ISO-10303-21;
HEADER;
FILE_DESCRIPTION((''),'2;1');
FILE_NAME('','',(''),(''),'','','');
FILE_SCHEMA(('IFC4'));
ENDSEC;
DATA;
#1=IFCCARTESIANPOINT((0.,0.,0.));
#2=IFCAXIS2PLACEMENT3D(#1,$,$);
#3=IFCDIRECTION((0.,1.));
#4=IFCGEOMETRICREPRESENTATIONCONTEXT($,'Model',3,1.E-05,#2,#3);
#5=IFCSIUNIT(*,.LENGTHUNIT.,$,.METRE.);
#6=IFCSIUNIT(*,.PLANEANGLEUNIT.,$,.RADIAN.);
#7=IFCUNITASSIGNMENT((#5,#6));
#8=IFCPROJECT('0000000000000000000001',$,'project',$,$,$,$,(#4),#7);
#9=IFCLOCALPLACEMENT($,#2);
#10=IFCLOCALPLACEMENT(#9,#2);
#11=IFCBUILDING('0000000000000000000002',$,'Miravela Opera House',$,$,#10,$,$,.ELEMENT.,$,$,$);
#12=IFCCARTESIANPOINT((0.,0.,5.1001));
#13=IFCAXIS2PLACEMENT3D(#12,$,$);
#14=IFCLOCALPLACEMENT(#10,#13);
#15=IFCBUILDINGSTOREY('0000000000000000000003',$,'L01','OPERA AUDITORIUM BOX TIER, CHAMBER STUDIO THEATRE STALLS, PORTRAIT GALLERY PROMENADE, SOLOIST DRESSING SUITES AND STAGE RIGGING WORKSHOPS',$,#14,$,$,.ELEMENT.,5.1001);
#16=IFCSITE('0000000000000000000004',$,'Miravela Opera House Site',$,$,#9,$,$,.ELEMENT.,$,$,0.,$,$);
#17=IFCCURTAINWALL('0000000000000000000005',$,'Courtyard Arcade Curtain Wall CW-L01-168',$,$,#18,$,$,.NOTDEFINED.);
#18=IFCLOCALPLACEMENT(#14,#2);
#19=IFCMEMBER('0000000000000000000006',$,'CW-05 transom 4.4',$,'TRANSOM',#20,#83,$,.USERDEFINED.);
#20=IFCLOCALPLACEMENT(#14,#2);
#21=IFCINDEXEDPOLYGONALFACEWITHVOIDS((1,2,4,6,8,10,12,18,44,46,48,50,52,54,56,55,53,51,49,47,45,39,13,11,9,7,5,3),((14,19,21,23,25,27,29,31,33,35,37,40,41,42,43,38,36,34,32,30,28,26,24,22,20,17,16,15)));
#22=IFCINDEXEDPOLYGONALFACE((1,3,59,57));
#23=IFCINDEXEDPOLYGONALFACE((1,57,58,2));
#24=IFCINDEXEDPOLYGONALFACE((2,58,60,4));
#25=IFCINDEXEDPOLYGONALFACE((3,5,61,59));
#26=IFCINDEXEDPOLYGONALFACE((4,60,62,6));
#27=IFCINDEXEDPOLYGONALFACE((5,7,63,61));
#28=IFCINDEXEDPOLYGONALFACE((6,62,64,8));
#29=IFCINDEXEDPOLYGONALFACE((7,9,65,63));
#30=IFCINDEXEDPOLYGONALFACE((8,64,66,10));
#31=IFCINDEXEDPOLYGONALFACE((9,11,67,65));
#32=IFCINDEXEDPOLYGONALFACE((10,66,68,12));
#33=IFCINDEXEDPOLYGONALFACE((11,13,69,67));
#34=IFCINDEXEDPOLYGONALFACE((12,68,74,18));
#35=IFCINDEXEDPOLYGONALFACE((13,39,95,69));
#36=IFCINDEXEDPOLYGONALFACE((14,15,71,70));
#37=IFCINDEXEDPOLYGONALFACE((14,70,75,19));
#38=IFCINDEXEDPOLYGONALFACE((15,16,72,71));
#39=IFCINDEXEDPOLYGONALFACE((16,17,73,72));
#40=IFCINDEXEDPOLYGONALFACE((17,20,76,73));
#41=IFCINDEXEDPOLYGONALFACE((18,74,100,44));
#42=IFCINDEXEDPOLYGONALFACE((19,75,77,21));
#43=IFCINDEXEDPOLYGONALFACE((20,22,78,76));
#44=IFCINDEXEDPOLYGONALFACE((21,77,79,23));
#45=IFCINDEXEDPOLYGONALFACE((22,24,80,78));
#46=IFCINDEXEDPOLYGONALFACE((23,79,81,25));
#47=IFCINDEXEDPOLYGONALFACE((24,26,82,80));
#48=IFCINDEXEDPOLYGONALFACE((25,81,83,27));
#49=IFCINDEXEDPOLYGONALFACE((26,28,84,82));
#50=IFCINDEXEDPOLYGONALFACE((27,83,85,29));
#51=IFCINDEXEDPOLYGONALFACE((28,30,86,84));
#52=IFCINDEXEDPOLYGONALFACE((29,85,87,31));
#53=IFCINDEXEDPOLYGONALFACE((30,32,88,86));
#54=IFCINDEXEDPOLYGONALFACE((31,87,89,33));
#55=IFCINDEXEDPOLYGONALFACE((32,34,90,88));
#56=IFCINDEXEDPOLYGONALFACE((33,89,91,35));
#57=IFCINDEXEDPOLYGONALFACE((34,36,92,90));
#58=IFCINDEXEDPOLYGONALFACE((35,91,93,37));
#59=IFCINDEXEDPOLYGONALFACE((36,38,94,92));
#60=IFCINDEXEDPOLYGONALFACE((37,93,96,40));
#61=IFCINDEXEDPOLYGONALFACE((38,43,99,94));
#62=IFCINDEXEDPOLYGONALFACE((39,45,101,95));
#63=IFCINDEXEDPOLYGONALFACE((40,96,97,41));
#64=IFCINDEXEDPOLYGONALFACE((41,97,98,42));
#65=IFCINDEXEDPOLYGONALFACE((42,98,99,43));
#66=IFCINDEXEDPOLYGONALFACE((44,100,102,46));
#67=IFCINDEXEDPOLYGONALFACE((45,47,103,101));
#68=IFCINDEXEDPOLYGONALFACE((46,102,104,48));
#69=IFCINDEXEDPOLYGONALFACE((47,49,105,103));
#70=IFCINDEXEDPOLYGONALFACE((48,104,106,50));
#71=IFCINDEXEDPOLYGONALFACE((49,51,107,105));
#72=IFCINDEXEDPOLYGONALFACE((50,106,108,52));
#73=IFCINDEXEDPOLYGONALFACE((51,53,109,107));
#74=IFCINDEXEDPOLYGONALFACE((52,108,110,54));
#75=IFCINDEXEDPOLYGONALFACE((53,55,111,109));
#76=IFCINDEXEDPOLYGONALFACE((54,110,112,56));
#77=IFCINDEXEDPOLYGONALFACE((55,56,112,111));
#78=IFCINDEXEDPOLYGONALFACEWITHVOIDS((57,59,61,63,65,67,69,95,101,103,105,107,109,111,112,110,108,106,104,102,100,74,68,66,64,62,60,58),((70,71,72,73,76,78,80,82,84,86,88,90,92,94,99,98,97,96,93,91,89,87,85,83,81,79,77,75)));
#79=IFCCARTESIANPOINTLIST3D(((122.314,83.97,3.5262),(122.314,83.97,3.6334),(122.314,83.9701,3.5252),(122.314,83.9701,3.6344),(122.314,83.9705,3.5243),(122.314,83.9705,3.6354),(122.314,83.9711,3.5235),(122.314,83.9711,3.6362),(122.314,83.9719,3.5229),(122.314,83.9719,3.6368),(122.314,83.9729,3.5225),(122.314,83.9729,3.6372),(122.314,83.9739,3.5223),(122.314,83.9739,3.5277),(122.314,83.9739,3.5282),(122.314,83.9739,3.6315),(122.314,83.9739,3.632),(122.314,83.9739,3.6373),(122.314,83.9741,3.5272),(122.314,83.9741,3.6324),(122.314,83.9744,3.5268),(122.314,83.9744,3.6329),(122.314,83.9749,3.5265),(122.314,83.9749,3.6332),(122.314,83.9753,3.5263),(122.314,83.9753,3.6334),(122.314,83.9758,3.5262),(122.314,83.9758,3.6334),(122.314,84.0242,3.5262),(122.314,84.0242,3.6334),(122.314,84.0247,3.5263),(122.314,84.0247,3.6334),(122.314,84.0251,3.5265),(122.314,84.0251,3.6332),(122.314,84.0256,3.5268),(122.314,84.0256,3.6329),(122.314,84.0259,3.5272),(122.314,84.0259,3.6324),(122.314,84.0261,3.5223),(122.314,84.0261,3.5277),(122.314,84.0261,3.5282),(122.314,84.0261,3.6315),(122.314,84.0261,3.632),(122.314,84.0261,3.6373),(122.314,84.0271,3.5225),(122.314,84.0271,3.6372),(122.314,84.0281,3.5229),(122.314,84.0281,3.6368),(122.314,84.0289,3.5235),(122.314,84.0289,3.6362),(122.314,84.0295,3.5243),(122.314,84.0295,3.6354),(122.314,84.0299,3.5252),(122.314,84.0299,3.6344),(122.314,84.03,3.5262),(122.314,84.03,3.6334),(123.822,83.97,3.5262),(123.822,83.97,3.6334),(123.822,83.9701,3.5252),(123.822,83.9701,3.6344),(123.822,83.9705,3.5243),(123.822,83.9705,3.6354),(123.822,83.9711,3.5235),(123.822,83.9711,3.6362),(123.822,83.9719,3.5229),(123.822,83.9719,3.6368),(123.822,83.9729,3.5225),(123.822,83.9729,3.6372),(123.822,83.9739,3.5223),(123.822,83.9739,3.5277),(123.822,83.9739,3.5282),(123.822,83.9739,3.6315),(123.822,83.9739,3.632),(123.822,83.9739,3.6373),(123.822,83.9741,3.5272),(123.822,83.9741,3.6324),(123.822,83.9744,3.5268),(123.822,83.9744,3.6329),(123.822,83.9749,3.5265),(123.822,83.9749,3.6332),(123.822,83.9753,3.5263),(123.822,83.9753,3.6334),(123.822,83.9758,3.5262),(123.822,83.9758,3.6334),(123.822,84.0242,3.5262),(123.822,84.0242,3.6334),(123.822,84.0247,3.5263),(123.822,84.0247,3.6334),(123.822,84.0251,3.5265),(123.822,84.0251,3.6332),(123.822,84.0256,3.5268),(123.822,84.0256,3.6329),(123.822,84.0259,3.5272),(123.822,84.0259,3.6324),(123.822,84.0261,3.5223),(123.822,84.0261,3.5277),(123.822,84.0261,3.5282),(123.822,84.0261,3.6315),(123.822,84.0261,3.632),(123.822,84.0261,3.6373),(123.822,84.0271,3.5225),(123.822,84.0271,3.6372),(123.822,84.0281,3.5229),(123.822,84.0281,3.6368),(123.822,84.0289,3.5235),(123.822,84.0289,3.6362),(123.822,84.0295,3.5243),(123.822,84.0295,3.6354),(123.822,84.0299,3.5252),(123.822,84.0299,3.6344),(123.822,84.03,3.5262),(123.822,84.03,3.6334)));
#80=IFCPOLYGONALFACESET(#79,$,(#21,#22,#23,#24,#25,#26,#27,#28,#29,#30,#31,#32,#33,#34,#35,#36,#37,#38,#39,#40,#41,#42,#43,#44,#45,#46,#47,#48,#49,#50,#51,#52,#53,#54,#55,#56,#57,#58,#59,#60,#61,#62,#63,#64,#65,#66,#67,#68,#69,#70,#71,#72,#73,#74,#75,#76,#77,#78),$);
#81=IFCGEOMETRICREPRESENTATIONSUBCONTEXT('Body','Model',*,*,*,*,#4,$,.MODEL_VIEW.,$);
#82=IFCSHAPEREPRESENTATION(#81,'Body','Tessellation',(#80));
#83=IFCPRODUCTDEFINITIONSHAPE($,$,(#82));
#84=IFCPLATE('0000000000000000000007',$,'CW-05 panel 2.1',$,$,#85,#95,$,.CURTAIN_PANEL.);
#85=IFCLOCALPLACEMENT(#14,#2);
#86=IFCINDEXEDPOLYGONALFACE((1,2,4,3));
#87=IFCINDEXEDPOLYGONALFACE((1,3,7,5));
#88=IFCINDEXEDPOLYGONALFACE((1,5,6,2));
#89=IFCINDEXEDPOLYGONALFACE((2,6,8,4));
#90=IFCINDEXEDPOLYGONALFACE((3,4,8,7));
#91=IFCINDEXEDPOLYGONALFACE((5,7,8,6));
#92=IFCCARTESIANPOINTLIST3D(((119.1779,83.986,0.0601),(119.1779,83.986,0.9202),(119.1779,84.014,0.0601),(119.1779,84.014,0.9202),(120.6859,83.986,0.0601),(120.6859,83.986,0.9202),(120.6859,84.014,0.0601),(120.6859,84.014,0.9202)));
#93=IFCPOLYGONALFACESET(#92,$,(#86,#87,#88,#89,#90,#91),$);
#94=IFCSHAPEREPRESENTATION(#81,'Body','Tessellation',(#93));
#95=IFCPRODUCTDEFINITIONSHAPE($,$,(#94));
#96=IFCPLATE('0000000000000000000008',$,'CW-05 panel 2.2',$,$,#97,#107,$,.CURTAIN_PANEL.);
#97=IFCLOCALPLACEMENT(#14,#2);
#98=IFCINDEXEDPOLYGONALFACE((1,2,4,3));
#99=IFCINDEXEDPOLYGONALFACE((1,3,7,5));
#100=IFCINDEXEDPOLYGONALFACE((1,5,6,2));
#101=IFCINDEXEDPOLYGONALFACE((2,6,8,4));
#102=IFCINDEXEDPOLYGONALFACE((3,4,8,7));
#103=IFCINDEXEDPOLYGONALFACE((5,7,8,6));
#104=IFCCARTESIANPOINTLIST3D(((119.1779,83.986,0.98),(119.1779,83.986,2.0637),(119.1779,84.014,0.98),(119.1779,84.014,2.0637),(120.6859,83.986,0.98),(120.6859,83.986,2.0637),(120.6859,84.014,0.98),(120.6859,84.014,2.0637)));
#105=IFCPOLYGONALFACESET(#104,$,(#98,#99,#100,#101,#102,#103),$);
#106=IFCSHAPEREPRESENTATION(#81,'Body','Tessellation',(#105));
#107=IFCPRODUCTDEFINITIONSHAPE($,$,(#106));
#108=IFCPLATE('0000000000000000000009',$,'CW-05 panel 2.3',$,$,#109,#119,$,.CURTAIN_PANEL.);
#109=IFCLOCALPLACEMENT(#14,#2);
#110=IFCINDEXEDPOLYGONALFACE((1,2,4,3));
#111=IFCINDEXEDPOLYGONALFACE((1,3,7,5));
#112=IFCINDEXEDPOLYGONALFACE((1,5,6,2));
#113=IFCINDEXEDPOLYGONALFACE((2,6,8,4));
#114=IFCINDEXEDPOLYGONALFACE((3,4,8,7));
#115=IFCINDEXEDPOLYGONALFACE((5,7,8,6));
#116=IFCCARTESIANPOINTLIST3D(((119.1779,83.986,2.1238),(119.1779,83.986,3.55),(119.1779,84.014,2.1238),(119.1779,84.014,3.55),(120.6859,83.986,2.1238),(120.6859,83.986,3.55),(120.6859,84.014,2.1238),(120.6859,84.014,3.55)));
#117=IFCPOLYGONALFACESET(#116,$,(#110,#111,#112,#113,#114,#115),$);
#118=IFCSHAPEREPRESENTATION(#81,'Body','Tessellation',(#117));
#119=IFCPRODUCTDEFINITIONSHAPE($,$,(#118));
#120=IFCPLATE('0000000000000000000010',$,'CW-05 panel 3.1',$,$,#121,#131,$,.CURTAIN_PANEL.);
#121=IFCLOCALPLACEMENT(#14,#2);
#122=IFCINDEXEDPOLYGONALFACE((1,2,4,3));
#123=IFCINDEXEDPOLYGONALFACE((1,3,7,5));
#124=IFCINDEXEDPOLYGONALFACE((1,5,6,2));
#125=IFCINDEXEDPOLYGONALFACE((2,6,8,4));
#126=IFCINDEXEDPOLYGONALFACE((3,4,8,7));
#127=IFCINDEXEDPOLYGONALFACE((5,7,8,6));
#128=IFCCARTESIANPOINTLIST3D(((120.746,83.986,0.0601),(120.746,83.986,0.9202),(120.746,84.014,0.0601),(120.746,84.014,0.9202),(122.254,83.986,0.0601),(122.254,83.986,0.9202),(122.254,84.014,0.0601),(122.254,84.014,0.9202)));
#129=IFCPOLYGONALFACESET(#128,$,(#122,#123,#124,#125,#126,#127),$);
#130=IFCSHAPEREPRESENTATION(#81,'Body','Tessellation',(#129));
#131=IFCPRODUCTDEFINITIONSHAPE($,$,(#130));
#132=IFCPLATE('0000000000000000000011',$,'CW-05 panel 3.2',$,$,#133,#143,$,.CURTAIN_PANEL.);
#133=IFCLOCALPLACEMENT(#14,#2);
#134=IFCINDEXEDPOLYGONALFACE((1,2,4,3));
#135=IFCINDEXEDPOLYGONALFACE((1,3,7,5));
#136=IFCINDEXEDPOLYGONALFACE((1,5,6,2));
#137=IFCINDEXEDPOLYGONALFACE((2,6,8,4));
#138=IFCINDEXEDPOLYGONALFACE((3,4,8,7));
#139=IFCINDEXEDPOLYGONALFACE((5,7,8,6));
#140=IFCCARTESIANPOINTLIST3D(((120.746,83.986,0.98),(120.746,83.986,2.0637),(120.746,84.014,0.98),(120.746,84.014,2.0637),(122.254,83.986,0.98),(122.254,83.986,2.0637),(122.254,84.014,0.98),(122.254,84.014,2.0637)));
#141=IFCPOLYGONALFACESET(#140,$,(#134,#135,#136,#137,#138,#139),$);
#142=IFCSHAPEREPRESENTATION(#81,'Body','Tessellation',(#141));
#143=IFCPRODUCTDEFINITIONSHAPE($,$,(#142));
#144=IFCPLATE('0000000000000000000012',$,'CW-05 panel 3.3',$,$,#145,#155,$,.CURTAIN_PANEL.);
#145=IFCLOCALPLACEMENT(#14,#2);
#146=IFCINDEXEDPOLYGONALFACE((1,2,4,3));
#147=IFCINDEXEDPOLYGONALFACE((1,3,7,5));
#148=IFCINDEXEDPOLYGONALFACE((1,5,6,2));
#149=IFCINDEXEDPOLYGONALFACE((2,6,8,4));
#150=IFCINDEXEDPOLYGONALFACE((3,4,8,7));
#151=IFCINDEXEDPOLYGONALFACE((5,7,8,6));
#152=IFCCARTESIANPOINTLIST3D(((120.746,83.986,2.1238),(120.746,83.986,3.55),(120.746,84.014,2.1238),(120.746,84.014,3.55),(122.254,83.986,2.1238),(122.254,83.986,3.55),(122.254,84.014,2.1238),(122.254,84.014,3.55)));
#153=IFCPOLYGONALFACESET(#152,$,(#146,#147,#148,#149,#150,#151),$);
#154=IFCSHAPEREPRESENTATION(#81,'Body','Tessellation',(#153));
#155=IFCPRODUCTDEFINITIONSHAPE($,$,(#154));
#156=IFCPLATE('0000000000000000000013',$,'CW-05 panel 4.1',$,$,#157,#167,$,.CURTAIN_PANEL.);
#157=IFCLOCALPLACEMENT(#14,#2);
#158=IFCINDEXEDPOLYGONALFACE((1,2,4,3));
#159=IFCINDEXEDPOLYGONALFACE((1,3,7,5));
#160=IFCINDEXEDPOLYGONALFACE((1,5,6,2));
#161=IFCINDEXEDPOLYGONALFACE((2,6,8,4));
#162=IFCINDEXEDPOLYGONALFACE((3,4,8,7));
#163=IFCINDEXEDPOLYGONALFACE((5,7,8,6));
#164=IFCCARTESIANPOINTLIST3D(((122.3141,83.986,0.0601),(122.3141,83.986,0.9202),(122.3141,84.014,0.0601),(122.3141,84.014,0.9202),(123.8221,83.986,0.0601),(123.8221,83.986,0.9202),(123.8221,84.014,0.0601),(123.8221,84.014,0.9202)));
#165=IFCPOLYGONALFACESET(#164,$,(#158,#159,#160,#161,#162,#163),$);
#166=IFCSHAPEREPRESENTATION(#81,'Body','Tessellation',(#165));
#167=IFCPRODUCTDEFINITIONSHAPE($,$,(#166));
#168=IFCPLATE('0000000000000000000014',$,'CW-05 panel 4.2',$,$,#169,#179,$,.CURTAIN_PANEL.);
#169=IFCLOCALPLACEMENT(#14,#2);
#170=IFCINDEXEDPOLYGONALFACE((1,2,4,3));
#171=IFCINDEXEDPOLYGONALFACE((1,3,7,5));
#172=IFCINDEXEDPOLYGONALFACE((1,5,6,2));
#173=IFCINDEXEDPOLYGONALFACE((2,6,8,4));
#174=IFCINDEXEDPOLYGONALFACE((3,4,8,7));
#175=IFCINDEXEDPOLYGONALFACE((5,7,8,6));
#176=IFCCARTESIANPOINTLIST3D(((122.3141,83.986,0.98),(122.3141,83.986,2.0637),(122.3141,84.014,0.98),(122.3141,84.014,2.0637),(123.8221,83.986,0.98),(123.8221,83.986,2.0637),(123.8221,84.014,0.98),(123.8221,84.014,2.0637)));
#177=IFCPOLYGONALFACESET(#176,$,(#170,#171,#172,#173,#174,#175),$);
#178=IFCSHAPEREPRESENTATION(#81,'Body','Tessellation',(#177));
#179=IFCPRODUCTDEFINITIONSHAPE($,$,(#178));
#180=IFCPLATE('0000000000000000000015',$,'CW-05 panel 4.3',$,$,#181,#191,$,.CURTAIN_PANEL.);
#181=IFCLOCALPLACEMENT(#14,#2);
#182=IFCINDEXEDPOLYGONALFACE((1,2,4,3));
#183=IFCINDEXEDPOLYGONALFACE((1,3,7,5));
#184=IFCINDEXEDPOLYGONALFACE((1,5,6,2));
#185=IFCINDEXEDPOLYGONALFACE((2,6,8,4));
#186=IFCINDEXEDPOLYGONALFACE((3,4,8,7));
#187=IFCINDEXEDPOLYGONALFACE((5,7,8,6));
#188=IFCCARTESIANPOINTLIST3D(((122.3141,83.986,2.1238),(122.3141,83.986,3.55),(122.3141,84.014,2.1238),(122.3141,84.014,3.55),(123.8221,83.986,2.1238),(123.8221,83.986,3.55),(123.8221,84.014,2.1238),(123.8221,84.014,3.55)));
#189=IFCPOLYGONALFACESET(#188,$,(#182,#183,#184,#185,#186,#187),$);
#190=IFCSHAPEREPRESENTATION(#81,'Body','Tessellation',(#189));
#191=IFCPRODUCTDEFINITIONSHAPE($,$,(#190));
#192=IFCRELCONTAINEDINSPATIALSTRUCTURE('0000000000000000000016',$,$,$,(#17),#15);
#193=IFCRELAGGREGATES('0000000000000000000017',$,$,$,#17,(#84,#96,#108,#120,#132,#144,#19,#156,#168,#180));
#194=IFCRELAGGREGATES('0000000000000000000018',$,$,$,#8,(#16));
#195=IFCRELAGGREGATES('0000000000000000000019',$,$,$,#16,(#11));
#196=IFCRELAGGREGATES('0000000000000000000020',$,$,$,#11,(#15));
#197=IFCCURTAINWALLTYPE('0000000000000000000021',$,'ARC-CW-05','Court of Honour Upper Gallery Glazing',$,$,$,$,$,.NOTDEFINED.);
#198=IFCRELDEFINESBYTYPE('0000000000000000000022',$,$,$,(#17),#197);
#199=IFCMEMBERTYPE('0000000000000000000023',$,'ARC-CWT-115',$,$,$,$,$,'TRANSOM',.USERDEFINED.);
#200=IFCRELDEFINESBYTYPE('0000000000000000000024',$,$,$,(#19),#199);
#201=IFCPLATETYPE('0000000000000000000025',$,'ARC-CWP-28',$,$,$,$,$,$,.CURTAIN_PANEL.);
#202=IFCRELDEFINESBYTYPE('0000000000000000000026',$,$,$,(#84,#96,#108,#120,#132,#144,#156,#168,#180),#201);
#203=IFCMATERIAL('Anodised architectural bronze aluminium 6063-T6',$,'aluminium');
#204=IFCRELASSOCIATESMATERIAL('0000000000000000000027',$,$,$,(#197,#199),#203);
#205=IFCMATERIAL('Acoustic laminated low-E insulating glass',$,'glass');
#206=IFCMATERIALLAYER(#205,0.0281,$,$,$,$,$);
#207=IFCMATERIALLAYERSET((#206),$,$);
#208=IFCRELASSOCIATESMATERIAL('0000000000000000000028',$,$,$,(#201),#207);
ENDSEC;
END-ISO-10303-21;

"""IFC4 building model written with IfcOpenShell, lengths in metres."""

from ifc_helpers import new_model, si_unit, direction, frame, origin, origin_2d, place, context, subcontext, project, spatial, rectangle, hollow_rectangle, extrude, material, layer, layer_set, material_profile, profile_set, type_object, element, aggregate, save


model = new_model("IFC4")

# Units and contexts
model_context = context("Model", 3, precision=1e-05, world=origin(), true_north=direction((0.0, 1.0)))
body_context = subcontext(model_context, "Body", "Model", "MODEL_VIEW")
ifc_project = project(units=[si_unit("LENGTHUNIT", "METRE"), si_unit("PLANEANGLEUNIT", "RADIAN")], contexts=[model_context])

# Site, building, storey
site_placement = place(None, origin())
site = spatial("IfcSite", under=ifc_project, at=site_placement, Name="Miravela Opera House Site", CompositionType="ELEMENT", RefElevation=0.0)
building_placement = place(site_placement, origin())
building = spatial("IfcBuilding", under=site, at=building_placement, Name="Miravela Opera House", CompositionType="ELEMENT")
storey_placement = place(building_placement, frame((0.0, 0.0, 5.1001)))
storey = spatial("IfcBuildingStorey", under=building, at=storey_placement, Name="L01", Description="OPERA AUDITORIUM BOX TIER, CHAMBER STUDIO THEATRE STALLS, PORTRAIT GALLERY PROMENADE, SOLOIST DRESSING SUITES AND STAGE RIGGING WORKSHOPS", CompositionType="ELEMENT", Elevation=5.1001)

# Curtain wall, member, plates
ifc_material_1 = material(Name="Anodised architectural bronze aluminium 6063-T6", Category="aluminium")
curtain_wall_type = type_object("IfcCurtainWallType", Name="ARC-CW-05", Description="Court of Honour Upper Gallery Glazing", PredefinedType="NOTDEFINED", material=ifc_material_1)
curtain_wall_placement = place(storey_placement, origin())
curtain_wall = element("IfcCurtainWall", 1, at=curtain_wall_placement, inside=storey, type_object=curtain_wall_type, Name="Courtyard Arcade Curtain Wall CW-L01-168", PredefinedType="NOTDEFINED")
ifc_material_profile_1 = material_profile(ifc_material_1, hollow_rectangle(XDim=0.0601, YDim=0.115, WallThickness=0.0039, InnerFilletRadius=0.002, OuterFilletRadius=0.0039, at=origin_2d()), Name="CWT-60X115")
ifc_profile_set_1 = profile_set([ifc_material_profile_1])
member_type_1 = type_object("IfcMemberType", Name="ARC-CWT-115", ElementType="TRANSOM", PredefinedType="USERDEFINED", material=ifc_profile_set_1)
member_1_placement = place(storey_placement, frame((122.314, 84.0, 3.5798), z_axis=(1.0, 0.0, 0.0), x_axis=(0.0, 1.0, 0.0)))
member_1 = element("IfcMember", 2, at=member_1_placement, type_object=member_type_1, Name="CW-05 transom 4.4", ObjectType="TRANSOM", PredefinedType="USERDEFINED", context=body_context, shape_type="SweptSolid", body=[
    extrude(hollow_rectangle(XDim=0.0601, YDim=0.115, WallThickness=0.0039, InnerFilletRadius=0.002, OuterFilletRadius=0.0039, at=origin_2d()), origin(), (0.0, 0.0, 1.0), 1.5081),
])
ifc_material_2 = material(Name="Acoustic laminated low-E insulating glass", Category="glass")
ifc_layer = layer(ifc_material_2, 0.0281)
ifc_layer_set = layer_set([ifc_layer])
plate_type = type_object("IfcPlateType", Name="ARC-CWP-28", PredefinedType="CURTAIN_PANEL", material=ifc_layer_set)
plate_1_placement = place(storey_placement, frame((119.9319, 84.0, 0.0601), z_axis=(0.0, 0.0, 1.0), x_axis=(1.0, 0.0, 0.0)))
plate_1 = element("IfcPlate", 3, at=plate_1_placement, type_object=plate_type, Name="CW-05 panel 2.1", PredefinedType="CURTAIN_PANEL", context=body_context, shape_type="SweptSolid", body=[
    extrude(rectangle(XDim=1.5081, YDim=0.0281, at=origin_2d()), origin(), (0.0, 0.0, 1.0), 0.8601),
])
plate_2_placement = place(storey_placement, frame((119.9319, 84.0, 0.98), z_axis=(0.0, 0.0, 1.0), x_axis=(1.0, 0.0, 0.0)))
plate_2 = element("IfcPlate", 4, at=plate_2_placement, type_object=plate_type, Name="CW-05 panel 2.2", PredefinedType="CURTAIN_PANEL", context=body_context, shape_type="SweptSolid", body=[
    extrude(rectangle(XDim=1.5081, YDim=0.0281, at=origin_2d()), origin(), (0.0, 0.0, 1.0), 1.0837),
])
plate_3_placement = place(storey_placement, frame((119.9319, 84.0, 2.1238), z_axis=(0.0, 0.0, 1.0), x_axis=(1.0, 0.0, 0.0)))
plate_3 = element("IfcPlate", 5, at=plate_3_placement, type_object=plate_type, Name="CW-05 panel 2.3", PredefinedType="CURTAIN_PANEL", context=body_context, shape_type="SweptSolid", body=[
    extrude(rectangle(XDim=1.5081, YDim=0.0281, at=origin_2d()), origin(), (0.0, 0.0, 1.0), 1.4263),
])
plate_4_placement = place(storey_placement, frame((121.5, 84.0, 0.0601), z_axis=(0.0, 0.0, 1.0), x_axis=(1.0, 0.0, 0.0)))
plate_4 = element("IfcPlate", 6, at=plate_4_placement, type_object=plate_type, Name="CW-05 panel 3.1", PredefinedType="CURTAIN_PANEL", context=body_context, shape_type="SweptSolid", body=[
    extrude(rectangle(XDim=1.5081, YDim=0.0281, at=origin_2d()), origin(), (0.0, 0.0, 1.0), 0.8601),
])
plate_5_placement = place(storey_placement, frame((121.5, 84.0, 0.98), z_axis=(0.0, 0.0, 1.0), x_axis=(1.0, 0.0, 0.0)))
plate_5 = element("IfcPlate", 7, at=plate_5_placement, type_object=plate_type, Name="CW-05 panel 3.2", PredefinedType="CURTAIN_PANEL", context=body_context, shape_type="SweptSolid", body=[
    extrude(rectangle(XDim=1.5081, YDim=0.0281, at=origin_2d()), origin(), (0.0, 0.0, 1.0), 1.0837),
])
plate_6_placement = place(storey_placement, frame((121.5, 84.0, 2.1238), z_axis=(0.0, 0.0, 1.0), x_axis=(1.0, 0.0, 0.0)))
plate_6 = element("IfcPlate", 8, at=plate_6_placement, type_object=plate_type, Name="CW-05 panel 3.3", PredefinedType="CURTAIN_PANEL", context=body_context, shape_type="SweptSolid", body=[
    extrude(rectangle(XDim=1.5081, YDim=0.0281, at=origin_2d()), origin(), (0.0, 0.0, 1.0), 1.4263),
])
plate_7_placement = place(storey_placement, frame((123.0681, 84.0, 0.0601), z_axis=(0.0, 0.0, 1.0), x_axis=(1.0, 0.0, 0.0)))
plate_7 = element("IfcPlate", 9, at=plate_7_placement, type_object=plate_type, Name="CW-05 panel 4.1", PredefinedType="CURTAIN_PANEL", context=body_context, shape_type="SweptSolid", body=[
    extrude(rectangle(XDim=1.5081, YDim=0.0281, at=origin_2d()), origin(), (0.0, 0.0, 1.0), 0.8601),
])
plate_8_placement = place(storey_placement, frame((123.0681, 84.0, 0.98), z_axis=(0.0, 0.0, 1.0), x_axis=(1.0, 0.0, 0.0)))
plate_8 = element("IfcPlate", 10, at=plate_8_placement, type_object=plate_type, Name="CW-05 panel 4.2", PredefinedType="CURTAIN_PANEL", context=body_context, shape_type="SweptSolid", body=[
    extrude(rectangle(XDim=1.5081, YDim=0.0281, at=origin_2d()), origin(), (0.0, 0.0, 1.0), 1.0837),
])
plate_9_placement = place(storey_placement, frame((123.0681, 84.0, 2.1238), z_axis=(0.0, 0.0, 1.0), x_axis=(1.0, 0.0, 0.0)))
plate_9 = element("IfcPlate", 11, at=plate_9_placement, type_object=plate_type, Name="CW-05 panel 4.3", PredefinedType="CURTAIN_PANEL", context=body_context, shape_type="SweptSolid", body=[
    extrude(rectangle(XDim=1.5081, YDim=0.0281, at=origin_2d()), origin(), (0.0, 0.0, 1.0), 1.4263),
])
aggregate(curtain_wall, [plate_1, plate_2, plate_3, plate_4, plate_5, plate_6, member_1, plate_7, plate_8, plate_9])

save(model, "model.ifc")
